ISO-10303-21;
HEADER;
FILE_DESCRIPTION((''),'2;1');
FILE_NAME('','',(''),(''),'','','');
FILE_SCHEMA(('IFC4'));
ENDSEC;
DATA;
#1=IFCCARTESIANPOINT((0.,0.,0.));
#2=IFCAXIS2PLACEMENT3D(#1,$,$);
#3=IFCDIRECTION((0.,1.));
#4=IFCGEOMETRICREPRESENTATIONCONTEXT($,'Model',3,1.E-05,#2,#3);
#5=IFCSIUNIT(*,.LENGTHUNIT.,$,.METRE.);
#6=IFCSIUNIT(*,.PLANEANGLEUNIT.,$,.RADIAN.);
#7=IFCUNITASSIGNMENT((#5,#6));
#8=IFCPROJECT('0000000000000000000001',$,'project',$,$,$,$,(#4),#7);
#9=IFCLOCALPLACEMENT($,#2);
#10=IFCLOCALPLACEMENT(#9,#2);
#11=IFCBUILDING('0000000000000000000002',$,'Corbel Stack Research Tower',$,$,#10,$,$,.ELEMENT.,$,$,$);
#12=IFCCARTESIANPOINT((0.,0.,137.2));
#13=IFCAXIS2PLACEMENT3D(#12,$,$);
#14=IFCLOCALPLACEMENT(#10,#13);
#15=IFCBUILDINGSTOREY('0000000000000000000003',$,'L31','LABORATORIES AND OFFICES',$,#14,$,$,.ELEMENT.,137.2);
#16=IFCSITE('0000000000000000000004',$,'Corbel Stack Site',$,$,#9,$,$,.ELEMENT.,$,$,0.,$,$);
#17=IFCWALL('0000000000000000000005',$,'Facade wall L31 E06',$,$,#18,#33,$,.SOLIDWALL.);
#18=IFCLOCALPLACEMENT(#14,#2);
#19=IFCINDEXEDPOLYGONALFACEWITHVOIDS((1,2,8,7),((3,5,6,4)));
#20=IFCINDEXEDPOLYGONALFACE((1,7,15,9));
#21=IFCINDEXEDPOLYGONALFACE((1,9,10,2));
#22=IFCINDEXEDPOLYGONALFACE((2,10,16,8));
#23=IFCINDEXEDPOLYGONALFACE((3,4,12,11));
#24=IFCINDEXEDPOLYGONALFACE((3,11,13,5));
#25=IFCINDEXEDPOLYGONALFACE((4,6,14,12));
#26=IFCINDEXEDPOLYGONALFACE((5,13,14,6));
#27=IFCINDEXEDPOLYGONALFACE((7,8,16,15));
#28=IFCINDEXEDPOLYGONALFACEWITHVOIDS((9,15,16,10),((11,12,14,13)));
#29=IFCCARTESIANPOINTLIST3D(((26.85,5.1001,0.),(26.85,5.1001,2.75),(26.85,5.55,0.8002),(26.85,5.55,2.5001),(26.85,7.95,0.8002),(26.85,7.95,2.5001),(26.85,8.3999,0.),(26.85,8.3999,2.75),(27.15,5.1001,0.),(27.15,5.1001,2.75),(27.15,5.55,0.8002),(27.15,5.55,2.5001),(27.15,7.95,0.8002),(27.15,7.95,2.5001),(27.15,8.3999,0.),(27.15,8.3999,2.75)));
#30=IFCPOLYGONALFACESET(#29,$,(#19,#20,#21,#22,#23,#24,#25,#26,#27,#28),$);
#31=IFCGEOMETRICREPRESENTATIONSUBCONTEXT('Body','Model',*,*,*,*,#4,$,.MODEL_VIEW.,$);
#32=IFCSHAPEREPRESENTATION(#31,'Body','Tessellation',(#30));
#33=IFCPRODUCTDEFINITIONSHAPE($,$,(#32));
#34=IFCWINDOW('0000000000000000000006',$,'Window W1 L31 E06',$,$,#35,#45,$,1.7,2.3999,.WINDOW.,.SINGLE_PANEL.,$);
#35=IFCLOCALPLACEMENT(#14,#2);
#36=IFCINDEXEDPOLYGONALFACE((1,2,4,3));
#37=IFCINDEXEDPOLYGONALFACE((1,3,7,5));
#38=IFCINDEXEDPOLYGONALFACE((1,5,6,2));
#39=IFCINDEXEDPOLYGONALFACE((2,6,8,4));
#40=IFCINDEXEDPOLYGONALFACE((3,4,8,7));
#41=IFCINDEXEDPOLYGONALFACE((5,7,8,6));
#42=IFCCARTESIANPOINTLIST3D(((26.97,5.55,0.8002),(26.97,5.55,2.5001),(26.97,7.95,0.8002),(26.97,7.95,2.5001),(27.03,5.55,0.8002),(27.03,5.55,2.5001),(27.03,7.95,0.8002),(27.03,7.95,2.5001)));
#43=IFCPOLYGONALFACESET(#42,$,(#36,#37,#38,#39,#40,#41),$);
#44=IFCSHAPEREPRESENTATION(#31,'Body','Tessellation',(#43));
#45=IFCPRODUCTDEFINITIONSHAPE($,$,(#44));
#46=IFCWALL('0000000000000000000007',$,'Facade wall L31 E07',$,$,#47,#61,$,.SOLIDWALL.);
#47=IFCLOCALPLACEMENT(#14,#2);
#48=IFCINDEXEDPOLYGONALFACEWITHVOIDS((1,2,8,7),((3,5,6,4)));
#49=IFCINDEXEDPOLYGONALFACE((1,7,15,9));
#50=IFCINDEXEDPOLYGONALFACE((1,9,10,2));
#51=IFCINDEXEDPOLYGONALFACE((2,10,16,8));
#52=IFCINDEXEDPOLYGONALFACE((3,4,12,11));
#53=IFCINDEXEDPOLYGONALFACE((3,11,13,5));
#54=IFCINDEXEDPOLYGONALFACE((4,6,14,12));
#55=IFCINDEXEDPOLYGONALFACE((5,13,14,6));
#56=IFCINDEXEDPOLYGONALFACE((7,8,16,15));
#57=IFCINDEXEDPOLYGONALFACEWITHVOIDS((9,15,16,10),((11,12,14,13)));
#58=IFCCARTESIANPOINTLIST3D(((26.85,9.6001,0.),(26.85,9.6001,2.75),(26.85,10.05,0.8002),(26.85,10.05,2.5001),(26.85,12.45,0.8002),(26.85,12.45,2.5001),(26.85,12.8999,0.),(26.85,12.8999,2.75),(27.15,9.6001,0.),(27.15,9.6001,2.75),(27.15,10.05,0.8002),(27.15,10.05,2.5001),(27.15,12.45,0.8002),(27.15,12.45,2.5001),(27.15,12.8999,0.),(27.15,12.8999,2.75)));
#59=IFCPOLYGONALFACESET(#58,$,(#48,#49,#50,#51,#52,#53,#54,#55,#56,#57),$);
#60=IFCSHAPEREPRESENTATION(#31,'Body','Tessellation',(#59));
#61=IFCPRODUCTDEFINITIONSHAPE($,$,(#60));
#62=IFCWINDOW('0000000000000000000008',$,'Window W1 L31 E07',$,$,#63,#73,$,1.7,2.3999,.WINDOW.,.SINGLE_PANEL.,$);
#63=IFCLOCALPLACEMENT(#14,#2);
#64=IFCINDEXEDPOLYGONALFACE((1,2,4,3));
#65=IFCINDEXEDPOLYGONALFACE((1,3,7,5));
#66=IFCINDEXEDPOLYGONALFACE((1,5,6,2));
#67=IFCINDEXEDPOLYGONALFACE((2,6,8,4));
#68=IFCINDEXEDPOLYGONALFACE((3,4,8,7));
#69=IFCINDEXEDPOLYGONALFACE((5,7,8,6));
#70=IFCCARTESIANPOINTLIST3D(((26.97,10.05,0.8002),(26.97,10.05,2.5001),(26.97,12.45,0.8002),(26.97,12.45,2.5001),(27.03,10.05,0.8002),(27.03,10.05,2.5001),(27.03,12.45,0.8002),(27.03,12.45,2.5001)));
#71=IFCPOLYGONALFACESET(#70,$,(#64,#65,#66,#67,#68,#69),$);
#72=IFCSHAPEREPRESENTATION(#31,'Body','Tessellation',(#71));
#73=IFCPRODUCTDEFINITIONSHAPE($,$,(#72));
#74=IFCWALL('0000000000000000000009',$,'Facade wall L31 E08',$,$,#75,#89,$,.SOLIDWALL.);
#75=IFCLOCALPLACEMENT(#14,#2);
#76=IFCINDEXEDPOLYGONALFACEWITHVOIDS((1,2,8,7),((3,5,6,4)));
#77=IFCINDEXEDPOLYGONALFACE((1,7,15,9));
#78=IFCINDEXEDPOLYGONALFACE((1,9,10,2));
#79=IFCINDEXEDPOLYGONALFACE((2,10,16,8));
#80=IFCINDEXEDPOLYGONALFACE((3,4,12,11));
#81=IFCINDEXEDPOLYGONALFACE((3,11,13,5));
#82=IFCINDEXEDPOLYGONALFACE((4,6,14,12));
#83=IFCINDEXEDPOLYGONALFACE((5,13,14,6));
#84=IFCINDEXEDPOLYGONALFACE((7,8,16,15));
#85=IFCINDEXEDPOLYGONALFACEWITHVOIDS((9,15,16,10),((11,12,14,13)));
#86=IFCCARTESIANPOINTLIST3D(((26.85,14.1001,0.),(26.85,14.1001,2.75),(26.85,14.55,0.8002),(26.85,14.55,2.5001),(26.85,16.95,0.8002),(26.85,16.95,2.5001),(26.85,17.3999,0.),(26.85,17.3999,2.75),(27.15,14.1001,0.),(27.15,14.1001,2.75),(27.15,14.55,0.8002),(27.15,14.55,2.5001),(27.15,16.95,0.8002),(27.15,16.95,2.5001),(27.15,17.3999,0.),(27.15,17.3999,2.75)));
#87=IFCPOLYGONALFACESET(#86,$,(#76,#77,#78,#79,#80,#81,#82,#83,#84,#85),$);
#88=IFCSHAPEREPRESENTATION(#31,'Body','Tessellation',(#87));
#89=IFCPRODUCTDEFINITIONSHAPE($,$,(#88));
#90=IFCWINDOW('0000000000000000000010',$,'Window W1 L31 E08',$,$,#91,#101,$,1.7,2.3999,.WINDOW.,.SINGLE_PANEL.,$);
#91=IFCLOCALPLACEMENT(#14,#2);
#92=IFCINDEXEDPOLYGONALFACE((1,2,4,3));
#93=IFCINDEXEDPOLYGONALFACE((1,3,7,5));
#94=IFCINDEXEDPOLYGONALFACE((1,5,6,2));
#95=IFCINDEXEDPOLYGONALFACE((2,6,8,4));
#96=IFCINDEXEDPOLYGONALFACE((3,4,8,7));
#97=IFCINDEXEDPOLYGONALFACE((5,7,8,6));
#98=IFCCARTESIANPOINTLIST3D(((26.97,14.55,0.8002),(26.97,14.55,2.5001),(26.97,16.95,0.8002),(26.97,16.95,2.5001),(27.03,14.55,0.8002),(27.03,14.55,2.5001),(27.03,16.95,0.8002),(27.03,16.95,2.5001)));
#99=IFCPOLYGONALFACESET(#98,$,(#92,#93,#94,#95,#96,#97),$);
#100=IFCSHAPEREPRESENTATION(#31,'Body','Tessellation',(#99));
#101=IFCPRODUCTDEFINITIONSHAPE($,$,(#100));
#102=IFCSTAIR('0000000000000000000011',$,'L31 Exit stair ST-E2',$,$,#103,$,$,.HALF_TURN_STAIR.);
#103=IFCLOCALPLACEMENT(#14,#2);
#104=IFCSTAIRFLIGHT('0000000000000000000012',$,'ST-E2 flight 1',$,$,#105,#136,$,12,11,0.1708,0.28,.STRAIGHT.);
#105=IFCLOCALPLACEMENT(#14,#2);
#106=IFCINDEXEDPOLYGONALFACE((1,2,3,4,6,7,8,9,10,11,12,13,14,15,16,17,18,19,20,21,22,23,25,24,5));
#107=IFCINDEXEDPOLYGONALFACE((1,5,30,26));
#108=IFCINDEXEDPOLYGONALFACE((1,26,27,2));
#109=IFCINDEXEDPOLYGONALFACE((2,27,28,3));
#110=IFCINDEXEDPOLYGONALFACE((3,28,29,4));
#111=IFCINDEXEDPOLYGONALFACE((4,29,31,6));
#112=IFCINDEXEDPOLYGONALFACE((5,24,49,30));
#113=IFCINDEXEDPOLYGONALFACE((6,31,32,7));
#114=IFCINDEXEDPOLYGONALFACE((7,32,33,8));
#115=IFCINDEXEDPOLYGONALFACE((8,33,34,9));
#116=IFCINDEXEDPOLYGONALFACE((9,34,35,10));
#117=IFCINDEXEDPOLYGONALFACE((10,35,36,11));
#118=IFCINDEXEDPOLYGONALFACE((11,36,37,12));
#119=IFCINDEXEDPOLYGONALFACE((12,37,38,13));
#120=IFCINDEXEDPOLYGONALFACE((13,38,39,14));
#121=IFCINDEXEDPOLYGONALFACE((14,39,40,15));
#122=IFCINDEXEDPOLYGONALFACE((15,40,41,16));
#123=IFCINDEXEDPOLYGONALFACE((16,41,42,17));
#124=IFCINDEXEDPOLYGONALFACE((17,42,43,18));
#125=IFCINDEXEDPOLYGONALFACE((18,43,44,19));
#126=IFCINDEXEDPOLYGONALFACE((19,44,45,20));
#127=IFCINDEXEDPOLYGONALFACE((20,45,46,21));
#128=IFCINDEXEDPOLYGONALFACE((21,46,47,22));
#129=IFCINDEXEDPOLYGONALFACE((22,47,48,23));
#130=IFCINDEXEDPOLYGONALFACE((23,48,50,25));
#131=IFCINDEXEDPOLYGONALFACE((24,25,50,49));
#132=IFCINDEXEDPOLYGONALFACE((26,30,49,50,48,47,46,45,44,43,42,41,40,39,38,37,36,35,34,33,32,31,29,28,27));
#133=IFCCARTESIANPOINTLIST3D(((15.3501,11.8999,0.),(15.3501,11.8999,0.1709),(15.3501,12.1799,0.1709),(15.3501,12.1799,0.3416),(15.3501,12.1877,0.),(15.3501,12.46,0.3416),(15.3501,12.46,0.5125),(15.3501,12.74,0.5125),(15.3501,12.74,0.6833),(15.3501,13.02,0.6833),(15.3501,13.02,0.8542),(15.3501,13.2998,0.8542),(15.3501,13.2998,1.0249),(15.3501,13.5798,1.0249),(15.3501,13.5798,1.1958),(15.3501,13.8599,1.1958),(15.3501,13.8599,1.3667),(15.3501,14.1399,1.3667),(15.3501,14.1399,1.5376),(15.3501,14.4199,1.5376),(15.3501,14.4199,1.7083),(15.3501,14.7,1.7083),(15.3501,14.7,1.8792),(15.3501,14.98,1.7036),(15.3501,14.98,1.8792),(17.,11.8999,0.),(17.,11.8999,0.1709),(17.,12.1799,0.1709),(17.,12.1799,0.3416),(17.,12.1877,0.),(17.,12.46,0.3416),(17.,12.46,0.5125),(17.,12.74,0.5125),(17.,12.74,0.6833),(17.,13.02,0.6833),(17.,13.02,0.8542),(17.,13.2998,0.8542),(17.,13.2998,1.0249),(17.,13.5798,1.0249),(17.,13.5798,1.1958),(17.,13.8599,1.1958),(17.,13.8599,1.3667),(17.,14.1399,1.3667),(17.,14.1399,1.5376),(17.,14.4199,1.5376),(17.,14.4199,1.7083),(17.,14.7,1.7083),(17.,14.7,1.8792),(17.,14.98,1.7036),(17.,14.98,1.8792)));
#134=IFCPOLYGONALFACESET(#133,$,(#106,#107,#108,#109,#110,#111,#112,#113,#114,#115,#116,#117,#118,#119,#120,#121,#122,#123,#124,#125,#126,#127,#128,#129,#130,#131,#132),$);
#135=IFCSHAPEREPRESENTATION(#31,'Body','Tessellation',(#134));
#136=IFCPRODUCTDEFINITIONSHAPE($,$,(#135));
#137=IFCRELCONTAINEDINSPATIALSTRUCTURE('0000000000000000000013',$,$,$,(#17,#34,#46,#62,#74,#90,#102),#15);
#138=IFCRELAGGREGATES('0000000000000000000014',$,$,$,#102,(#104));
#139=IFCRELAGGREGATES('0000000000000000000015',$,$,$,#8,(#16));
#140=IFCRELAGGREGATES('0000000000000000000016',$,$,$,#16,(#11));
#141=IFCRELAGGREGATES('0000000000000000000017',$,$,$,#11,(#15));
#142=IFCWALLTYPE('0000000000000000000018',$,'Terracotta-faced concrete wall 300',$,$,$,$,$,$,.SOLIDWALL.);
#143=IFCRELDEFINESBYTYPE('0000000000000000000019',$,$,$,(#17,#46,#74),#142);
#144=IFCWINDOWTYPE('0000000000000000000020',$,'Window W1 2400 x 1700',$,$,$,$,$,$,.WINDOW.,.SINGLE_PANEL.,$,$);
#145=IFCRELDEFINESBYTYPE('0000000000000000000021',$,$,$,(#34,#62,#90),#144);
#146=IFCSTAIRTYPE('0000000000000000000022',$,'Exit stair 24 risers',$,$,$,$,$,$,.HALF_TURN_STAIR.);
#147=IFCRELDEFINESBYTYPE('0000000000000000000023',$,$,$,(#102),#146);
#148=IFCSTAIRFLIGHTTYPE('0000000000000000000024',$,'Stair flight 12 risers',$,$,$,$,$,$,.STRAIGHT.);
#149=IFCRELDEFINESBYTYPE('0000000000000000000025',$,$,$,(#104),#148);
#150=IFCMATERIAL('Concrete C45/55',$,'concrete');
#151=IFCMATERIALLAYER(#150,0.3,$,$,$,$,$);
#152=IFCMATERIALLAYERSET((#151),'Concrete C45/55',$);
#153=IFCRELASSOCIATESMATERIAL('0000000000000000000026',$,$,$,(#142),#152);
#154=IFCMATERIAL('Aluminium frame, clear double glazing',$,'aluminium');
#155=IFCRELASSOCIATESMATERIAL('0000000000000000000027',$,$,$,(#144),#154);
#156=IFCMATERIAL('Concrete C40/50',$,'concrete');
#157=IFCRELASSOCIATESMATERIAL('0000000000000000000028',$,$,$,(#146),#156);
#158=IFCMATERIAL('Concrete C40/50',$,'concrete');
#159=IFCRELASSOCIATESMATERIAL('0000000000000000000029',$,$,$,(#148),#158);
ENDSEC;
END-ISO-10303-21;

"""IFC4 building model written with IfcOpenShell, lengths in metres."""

from ifc_helpers import new_model, si_unit, direction, frame, frame_2d, origin, place, context, subcontext, project, spatial, polyline, rectangle, outline, extrude, material, layer, layer_set, type_object, element, fill, aggregate, save


model = new_model("IFC4")

# Units and contexts
model_context = context("Model", 3, precision=1e-05, world=origin(), true_north=direction((0.0, 1.0)))
body_context = subcontext(model_context, "Body", "Model", "MODEL_VIEW")
ifc_project = project(units=[si_unit("LENGTHUNIT", "METRE"), si_unit("PLANEANGLEUNIT", "RADIAN")], contexts=[model_context])

# Site, building, storey
site_placement = place(None, origin())
site = spatial("IfcSite", under=ifc_project, at=site_placement, Name="Corbel Stack Site", CompositionType="ELEMENT", RefElevation=0.0)
building_placement = place(site_placement, origin())
building = spatial("IfcBuilding", under=site, at=building_placement, Name="Corbel Stack Research Tower", CompositionType="ELEMENT")
storey_placement = place(building_placement, frame((0.0, 0.0, 137.2)))
storey = spatial("IfcBuildingStorey", under=building, at=storey_placement, Name="L31", Description="LABORATORIES AND OFFICES", CompositionType="ELEMENT", Elevation=137.2)

# Walls, openings, windows
ifc_material_1 = material(Name="Concrete C45/55", Category="concrete")
ifc_layer_1 = layer(ifc_material_1, 0.3)
ifc_layer_set_1 = layer_set([ifc_layer_1], Name="Concrete C45/55")
wall_type_1 = type_object("IfcWallType", Name="Terracotta-faced concrete wall 300", PredefinedType="SOLIDWALL", material=ifc_layer_set_1)
ifc_material_2 = material(Name="Aluminium frame, clear double glazing", Category="aluminium")
window_type = type_object("IfcWindowType", Name="Window W1 2400 x 1700", PartitioningType="SINGLE_PANEL", PredefinedType="WINDOW", material=ifc_material_2)
wall_1_placement = place(storey_placement, frame((27.0, 8.3999, 0.0), z_axis=(0.0, 0.0, 1.0), x_axis=(0.0, -1.0, 0.0)))
wall_1 = element("IfcWall", 1, at=wall_1_placement, inside=storey, type_object=wall_type_1, Name="Facade wall L31 E06", PredefinedType="SOLIDWALL", context=body_context, shape_type="SweptSolid", body=[
    extrude(rectangle(XDim=3.2998, YDim=0.3, at=frame_2d((1.6499, 0.0))), origin(), (0.0, 0.0, 1.0), 2.75),
])
opening_1_placement = place(wall_1_placement, frame((0.45, 0.0, 0.8)))
opening_1 = element("IfcOpeningElement", 2, at=opening_1_placement, cuts=wall_1, PredefinedType="OPENING", context=body_context, shape_type="SweptSolid", body=[
    extrude(rectangle(XDim=2.3999, YDim=1.7, at=frame_2d((1.2, 0.8501))), frame((0.0, 0.1599, 0.0), z_axis=(0.0, -1.0, 0.0), x_axis=(1.0, 0.0, 0.0)), (0.0, 0.0, 1.0), 0.3201),
])
window_1_placement = place(opening_1_placement, origin())
window_1 = element("IfcWindow", 3, at=window_1_placement, inside=storey, type_object=window_type, Name="Window W1 L31 E06", OverallHeight=1.7, OverallWidth=2.3999, PartitioningType="SINGLE_PANEL", PredefinedType="WINDOW", context=body_context, shape_type="SweptSolid", body=[
    extrude(rectangle(XDim=2.3999, YDim=1.7, at=frame_2d((1.2, 0.8501))), frame((0.0, 0.03, 0.0), z_axis=(0.0, -1.0, 0.0), x_axis=(1.0, 0.0, 0.0)), (0.0, 0.0, 1.0), 0.0601),
])
fill(opening_1, window_1)
wall_2_placement = place(storey_placement, frame((27.0, 12.8999, 0.0), z_axis=(0.0, 0.0, 1.0), x_axis=(0.0, -1.0, 0.0)))
wall_2 = element("IfcWall", 4, at=wall_2_placement, inside=storey, type_object=wall_type_1, Name="Facade wall L31 E07", PredefinedType="SOLIDWALL", context=body_context, shape_type="SweptSolid", body=[
    extrude(rectangle(XDim=3.2998, YDim=0.3, at=frame_2d((1.6499, 0.0))), origin(), (0.0, 0.0, 1.0), 2.75),
])
opening_2_placement = place(wall_2_placement, frame((0.45, 0.0, 0.8)))
opening_2 = element("IfcOpeningElement", 5, at=opening_2_placement, cuts=wall_2, PredefinedType="OPENING", context=body_context, shape_type="SweptSolid", body=[
    extrude(rectangle(XDim=2.3999, YDim=1.7, at=frame_2d((1.2, 0.8501))), frame((0.0, 0.1599, 0.0), z_axis=(0.0, -1.0, 0.0), x_axis=(1.0, 0.0, 0.0)), (0.0, 0.0, 1.0), 0.3201),
])
window_2_placement = place(opening_2_placement, origin())
window_2 = element("IfcWindow", 6, at=window_2_placement, inside=storey, type_object=window_type, Name="Window W1 L31 E07", OverallHeight=1.7, OverallWidth=2.3999, PartitioningType="SINGLE_PANEL", PredefinedType="WINDOW", context=body_context, shape_type="SweptSolid", body=[
    extrude(rectangle(XDim=2.3999, YDim=1.7, at=frame_2d((1.2, 0.8501))), frame((0.0, 0.03, 0.0), z_axis=(0.0, -1.0, 0.0), x_axis=(1.0, 0.0, 0.0)), (0.0, 0.0, 1.0), 0.0601),
])
fill(opening_2, window_2)
wall_3_placement = place(storey_placement, frame((27.0, 17.3999, 0.0), z_axis=(0.0, 0.0, 1.0), x_axis=(0.0, -1.0, 0.0)))
wall_3 = element("IfcWall", 7, at=wall_3_placement, inside=storey, type_object=wall_type_1, Name="Facade wall L31 E08", PredefinedType="SOLIDWALL", context=body_context, shape_type="SweptSolid", body=[
    extrude(rectangle(XDim=3.2998, YDim=0.3, at=frame_2d((1.6499, 0.0))), origin(), (0.0, 0.0, 1.0), 2.75),
])
opening_3_placement = place(wall_3_placement, frame((0.45, 0.0, 0.8)))
opening_3 = element("IfcOpeningElement", 8, at=opening_3_placement, cuts=wall_3, PredefinedType="OPENING", context=body_context, shape_type="SweptSolid", body=[
    extrude(rectangle(XDim=2.3999, YDim=1.7, at=frame_2d((1.2, 0.8501))), frame((0.0, 0.1599, 0.0), z_axis=(0.0, -1.0, 0.0), x_axis=(1.0, 0.0, 0.0)), (0.0, 0.0, 1.0), 0.3201),
])
window_3_placement = place(opening_3_placement, origin())
window_3 = element("IfcWindow", 9, at=window_3_placement, inside=storey, type_object=window_type, Name="Window W1 L31 E08", OverallHeight=1.7, OverallWidth=2.3999, PartitioningType="SINGLE_PANEL", PredefinedType="WINDOW", context=body_context, shape_type="SweptSolid", body=[
    extrude(rectangle(XDim=2.3999, YDim=1.7, at=frame_2d((1.2, 0.8501))), frame((0.0, 0.03, 0.0), z_axis=(0.0, -1.0, 0.0), x_axis=(1.0, 0.0, 0.0)), (0.0, 0.0, 1.0), 0.0601),
])
fill(opening_3, window_3)

# Stair, stair flight
ifc_material_3 = material(Name="Concrete C40/50", Category="concrete")
stair_type = type_object("IfcStairType", Name="Exit stair 24 risers", PredefinedType="HALF_TURN_STAIR", material=ifc_material_3)
stair_placement = place(storey_placement, origin())
stair = element("IfcStair", 10, at=stair_placement, inside=storey, type_object=stair_type, Name="L31 Exit stair ST-E2", PredefinedType="HALF_TURN_STAIR")
ifc_material_4 = material(Name="Concrete C40/50", Category="concrete")
stair_flight_type = type_object("IfcStairFlightType", Name="Stair flight 12 risers", PredefinedType="STRAIGHT", material=ifc_material_4)
stair_flight_placement = place(storey_placement, frame((16.175, 11.8999, 0.0), z_axis=(0.0, 0.0, 1.0), x_axis=(0.0, 1.0, 0.0)))
stair_flight = element("IfcStairFlight", 11, at=stair_flight_placement, type_object=stair_flight_type, Name="ST-E2 flight 1", NumberOfRisers=12, NumberOfTreads=11, PredefinedType="STRAIGHT", RiserHeight=0.1708, TreadLength=0.28, context=body_context, shape_type="SweptSolid", body=[
    extrude(outline(polyline([(0.0, 0.0), (0.0, 0.1709), (0.28, 0.1709), (0.28, 0.3416), (0.5601, 0.3416), (0.5601, 0.5125), (0.8401, 0.5125), (0.8401, 0.6833), (1.1201, 0.6833), (1.1201, 0.8542), (1.3999, 0.8542), (1.3999, 1.0249), (1.6799, 1.0249), (1.6799, 1.1958), (1.96, 1.1958), (1.96, 1.3667), (2.24, 1.3667), (2.24, 1.5376), (2.52, 1.5376), (2.52, 1.7083), (2.8, 1.7083), (2.8, 1.8792), (3.0801, 1.8792), (3.0801, 2.05), (3.0801, 1.7036), (0.2878, 0.0), (0.0, 0.0)])), frame((0.0, 0.825, 0.0), z_axis=(0.0, -1.0, 0.0), x_axis=(1.0, 0.0, 0.0)), (0.0, 0.0, 1.0), 1.6499),
])
aggregate(stair, [stair_flight])

save(model, "model.ifc")
